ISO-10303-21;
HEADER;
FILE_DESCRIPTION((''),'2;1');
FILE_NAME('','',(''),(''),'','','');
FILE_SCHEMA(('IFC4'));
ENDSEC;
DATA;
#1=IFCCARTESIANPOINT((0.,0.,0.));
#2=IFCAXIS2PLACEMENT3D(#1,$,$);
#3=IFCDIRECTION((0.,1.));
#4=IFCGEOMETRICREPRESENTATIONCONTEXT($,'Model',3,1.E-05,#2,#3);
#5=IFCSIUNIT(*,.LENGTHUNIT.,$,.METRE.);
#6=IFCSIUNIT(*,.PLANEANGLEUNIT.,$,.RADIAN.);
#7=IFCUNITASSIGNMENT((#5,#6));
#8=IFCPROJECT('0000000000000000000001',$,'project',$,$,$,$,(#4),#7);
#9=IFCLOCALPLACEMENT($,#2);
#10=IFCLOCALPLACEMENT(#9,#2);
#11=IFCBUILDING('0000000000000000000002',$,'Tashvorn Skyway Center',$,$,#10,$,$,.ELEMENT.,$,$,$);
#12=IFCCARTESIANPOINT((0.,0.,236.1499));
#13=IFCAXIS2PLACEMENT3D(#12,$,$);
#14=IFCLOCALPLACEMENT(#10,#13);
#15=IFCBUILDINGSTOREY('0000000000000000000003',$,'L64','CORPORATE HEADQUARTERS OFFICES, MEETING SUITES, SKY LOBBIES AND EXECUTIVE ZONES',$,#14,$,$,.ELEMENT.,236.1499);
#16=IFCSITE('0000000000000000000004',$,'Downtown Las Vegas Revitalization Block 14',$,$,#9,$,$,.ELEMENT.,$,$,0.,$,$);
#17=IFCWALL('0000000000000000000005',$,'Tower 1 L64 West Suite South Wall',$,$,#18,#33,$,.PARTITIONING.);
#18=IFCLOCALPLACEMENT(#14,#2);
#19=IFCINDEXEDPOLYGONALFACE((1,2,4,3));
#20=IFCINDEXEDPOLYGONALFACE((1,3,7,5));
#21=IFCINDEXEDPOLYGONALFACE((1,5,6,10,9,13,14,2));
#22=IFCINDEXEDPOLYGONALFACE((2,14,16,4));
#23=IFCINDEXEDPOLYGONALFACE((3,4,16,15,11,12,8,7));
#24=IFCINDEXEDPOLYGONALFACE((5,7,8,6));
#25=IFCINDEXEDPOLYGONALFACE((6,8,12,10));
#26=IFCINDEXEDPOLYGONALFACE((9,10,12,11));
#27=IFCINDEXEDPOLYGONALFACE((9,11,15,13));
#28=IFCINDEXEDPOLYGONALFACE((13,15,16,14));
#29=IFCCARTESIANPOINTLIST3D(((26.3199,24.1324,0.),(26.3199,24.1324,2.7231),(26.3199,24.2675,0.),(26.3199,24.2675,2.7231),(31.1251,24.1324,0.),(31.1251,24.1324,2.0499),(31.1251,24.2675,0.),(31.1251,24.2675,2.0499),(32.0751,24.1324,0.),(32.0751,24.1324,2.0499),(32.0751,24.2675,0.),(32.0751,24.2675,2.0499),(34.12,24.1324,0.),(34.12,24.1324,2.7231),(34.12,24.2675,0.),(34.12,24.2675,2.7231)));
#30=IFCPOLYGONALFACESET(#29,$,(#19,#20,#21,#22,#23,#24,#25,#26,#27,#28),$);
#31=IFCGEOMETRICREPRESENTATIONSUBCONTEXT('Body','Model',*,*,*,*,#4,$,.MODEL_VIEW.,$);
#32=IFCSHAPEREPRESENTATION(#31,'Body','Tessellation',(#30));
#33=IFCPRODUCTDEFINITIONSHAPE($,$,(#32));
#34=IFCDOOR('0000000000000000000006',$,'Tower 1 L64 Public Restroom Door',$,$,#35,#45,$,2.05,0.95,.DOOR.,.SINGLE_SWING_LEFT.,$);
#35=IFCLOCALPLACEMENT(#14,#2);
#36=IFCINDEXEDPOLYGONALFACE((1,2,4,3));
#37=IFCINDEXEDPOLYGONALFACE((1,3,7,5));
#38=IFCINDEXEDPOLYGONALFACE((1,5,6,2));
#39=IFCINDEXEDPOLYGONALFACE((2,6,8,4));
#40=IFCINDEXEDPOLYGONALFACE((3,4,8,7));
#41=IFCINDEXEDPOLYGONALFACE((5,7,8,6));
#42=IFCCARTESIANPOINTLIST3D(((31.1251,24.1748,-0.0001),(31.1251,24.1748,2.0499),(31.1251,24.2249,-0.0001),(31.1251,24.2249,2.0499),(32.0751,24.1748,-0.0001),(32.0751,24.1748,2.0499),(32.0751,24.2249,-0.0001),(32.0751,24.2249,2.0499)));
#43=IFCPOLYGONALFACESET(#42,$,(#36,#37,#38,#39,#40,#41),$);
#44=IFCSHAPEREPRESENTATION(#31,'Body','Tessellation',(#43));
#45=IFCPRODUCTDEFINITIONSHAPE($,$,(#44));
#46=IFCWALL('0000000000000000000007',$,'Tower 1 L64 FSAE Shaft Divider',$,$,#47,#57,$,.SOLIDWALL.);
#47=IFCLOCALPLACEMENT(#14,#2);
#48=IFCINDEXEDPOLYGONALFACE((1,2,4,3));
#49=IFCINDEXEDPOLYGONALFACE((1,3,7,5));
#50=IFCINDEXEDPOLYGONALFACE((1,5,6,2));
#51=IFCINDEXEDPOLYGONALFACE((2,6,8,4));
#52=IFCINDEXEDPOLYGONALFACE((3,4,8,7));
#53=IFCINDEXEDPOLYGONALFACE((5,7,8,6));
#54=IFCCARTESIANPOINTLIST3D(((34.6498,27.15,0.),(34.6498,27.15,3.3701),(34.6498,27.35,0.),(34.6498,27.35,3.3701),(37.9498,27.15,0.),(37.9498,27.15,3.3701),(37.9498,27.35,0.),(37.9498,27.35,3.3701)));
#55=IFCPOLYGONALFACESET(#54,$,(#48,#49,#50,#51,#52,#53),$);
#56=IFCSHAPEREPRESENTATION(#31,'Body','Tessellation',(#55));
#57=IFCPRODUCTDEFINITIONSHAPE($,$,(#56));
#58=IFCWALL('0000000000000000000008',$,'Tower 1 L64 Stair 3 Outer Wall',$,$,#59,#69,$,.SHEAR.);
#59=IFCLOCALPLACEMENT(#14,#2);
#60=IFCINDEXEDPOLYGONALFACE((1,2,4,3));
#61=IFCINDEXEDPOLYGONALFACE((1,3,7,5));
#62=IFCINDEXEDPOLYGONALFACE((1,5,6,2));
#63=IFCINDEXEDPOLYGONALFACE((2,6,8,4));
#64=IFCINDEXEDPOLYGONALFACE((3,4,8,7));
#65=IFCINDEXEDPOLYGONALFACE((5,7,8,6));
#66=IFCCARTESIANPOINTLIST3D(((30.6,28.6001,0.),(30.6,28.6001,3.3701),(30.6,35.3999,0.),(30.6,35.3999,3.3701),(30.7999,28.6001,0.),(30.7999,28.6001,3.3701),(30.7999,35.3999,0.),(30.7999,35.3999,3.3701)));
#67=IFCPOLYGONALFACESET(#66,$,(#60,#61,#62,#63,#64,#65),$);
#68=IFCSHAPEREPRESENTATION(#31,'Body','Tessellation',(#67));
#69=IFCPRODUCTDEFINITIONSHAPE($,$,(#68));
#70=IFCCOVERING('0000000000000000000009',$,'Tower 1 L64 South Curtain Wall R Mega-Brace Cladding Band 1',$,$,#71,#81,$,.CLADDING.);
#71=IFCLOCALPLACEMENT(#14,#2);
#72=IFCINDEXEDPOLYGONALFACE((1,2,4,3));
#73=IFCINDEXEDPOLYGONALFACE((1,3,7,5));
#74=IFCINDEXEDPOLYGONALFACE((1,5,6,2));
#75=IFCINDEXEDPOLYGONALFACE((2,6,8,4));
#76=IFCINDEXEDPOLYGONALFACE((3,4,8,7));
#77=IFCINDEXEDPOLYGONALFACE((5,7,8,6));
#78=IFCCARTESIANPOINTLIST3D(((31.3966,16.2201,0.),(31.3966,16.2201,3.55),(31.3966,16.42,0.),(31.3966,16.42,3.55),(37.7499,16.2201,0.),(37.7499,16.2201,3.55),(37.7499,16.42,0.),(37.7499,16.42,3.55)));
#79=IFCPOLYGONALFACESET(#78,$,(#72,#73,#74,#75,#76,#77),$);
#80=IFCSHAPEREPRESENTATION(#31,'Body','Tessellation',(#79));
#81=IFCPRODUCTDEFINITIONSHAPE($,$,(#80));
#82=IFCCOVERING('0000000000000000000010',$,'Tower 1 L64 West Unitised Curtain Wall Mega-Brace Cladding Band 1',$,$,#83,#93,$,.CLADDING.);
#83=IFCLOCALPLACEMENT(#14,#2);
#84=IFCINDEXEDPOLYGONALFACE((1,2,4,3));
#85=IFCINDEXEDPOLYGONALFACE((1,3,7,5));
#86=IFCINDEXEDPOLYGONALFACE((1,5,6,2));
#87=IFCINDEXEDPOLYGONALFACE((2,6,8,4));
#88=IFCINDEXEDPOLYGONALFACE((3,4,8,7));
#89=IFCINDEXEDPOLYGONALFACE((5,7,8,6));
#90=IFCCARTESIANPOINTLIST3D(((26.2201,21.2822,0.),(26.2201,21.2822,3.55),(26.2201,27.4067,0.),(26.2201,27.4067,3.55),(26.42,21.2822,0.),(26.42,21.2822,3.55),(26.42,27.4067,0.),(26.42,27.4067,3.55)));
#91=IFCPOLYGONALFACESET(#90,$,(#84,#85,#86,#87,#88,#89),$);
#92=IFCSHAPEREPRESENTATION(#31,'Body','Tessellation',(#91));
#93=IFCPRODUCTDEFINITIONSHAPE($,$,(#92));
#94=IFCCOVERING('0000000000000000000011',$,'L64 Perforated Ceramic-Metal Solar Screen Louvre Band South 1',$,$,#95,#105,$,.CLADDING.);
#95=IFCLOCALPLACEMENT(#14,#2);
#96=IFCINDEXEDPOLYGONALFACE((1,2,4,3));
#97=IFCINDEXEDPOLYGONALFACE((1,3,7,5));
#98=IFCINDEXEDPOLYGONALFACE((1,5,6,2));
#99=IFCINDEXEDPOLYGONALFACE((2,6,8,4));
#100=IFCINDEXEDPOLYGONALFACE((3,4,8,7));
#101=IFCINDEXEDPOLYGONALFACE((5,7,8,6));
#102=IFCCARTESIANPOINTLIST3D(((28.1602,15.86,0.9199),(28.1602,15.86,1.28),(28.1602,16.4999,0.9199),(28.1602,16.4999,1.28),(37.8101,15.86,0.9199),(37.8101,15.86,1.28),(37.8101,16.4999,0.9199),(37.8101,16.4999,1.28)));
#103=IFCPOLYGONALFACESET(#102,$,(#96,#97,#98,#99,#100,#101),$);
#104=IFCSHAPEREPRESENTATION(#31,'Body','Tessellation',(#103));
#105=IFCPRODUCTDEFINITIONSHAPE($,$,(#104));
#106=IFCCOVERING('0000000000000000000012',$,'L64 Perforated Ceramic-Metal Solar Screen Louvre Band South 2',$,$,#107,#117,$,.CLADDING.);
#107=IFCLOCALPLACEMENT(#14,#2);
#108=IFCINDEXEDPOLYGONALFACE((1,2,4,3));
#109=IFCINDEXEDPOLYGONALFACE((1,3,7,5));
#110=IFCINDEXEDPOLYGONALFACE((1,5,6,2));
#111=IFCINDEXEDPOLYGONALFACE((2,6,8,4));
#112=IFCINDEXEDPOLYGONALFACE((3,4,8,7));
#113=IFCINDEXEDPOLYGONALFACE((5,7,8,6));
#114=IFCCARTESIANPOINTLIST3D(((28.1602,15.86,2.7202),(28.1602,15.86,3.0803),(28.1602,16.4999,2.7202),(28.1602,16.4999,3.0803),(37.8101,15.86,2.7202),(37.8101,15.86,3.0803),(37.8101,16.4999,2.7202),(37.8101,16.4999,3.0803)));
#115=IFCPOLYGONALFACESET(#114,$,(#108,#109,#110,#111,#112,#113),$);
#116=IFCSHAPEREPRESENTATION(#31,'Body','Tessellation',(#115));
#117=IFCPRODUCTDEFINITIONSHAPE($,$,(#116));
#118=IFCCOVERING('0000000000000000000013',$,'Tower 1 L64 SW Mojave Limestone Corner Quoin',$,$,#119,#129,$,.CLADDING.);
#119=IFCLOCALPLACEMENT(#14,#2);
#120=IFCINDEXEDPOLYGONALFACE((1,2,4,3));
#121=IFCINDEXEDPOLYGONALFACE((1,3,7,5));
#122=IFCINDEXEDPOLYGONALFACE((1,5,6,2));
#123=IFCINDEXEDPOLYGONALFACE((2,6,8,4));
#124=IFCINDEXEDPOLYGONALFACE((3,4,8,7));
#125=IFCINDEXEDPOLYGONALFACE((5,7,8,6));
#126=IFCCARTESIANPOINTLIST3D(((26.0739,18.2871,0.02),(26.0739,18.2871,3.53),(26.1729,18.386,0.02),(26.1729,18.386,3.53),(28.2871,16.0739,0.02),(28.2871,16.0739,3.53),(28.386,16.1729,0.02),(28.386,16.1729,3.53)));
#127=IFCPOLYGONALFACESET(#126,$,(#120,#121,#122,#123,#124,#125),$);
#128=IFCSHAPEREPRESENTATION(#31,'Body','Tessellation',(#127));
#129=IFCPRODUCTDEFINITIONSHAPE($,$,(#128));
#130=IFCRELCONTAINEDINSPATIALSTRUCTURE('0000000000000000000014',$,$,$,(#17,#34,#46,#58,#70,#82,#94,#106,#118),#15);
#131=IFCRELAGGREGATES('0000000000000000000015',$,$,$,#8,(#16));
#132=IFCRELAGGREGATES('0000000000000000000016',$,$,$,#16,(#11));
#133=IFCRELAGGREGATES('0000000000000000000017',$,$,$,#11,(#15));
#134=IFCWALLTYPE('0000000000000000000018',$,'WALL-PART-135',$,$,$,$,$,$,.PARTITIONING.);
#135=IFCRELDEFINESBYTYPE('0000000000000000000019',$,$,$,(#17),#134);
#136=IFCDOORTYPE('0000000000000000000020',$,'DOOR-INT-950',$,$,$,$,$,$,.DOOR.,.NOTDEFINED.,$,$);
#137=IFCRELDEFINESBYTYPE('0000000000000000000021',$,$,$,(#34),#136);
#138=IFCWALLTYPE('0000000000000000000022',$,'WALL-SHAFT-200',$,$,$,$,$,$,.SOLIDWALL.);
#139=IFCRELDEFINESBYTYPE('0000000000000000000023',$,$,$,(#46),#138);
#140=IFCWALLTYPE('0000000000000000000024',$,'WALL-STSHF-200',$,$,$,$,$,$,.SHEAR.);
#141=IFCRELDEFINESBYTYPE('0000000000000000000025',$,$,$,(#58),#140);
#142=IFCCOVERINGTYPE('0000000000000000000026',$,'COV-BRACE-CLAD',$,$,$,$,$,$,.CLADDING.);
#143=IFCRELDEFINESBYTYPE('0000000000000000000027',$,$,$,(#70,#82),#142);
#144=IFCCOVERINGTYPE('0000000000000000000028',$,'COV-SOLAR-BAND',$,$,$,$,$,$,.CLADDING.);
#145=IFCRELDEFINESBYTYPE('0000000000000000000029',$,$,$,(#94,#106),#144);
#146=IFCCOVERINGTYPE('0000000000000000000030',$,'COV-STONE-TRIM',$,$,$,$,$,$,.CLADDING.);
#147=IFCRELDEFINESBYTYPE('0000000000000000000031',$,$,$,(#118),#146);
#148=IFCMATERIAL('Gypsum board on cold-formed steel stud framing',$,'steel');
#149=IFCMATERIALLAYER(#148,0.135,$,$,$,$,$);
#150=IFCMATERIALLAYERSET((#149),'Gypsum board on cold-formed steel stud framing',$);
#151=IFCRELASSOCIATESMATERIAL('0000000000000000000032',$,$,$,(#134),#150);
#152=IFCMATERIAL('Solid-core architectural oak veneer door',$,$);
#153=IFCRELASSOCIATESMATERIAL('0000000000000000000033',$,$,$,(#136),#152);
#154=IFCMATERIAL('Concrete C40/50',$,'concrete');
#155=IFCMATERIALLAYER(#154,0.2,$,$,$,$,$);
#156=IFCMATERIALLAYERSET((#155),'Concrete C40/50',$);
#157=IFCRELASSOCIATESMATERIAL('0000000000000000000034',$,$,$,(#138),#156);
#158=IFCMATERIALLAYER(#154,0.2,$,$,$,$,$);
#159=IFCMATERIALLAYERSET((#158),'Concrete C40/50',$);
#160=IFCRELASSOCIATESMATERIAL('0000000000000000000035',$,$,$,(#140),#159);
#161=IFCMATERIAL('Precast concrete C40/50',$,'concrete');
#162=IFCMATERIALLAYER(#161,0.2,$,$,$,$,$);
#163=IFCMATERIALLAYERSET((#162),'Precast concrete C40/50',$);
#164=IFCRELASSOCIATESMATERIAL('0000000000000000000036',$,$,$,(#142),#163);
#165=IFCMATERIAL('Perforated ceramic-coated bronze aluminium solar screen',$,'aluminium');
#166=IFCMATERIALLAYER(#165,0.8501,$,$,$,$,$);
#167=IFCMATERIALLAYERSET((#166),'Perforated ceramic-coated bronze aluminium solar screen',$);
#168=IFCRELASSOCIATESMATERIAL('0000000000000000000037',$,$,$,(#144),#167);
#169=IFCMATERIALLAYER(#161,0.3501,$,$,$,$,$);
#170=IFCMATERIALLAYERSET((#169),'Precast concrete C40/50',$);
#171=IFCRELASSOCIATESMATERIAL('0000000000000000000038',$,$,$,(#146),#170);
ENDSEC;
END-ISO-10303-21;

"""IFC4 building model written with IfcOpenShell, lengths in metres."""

from ifc_helpers import new_model, si_unit, direction, frame, frame_2d, origin, origin_2d, place, context, subcontext, project, spatial, rectangle, extrude, material, layer, layer_set, type_object, element, fill, save


model = new_model("IFC4")

# Units and contexts
model_context = context("Model", 3, precision=1e-05, world=origin(), true_north=direction((0.0, 1.0)))
body_context = subcontext(model_context, "Body", "Model", "MODEL_VIEW")
ifc_project = project(units=[si_unit("LENGTHUNIT", "METRE"), si_unit("PLANEANGLEUNIT", "RADIAN")], contexts=[model_context])

# Site, building, storey
site_placement = place(None, origin())
site = spatial("IfcSite", under=ifc_project, at=site_placement, Name="Downtown Las Vegas Revitalization Block 14", CompositionType="ELEMENT", RefElevation=0.0)
building_placement = place(site_placement, origin())
building = spatial("IfcBuilding", under=site, at=building_placement, Name="Tashvorn Skyway Center", CompositionType="ELEMENT")
storey_placement = place(building_placement, frame((0.0, 0.0, 236.1499)))
storey = spatial("IfcBuildingStorey", under=building, at=storey_placement, Name="L64", Description="CORPORATE HEADQUARTERS OFFICES, MEETING SUITES, SKY LOBBIES AND EXECUTIVE ZONES", CompositionType="ELEMENT", Elevation=236.1499)

# Shared definitions
ifc_material_1 = material(Name="Precast concrete C40/50", Category="concrete")
ifc_material_2 = material(Name="Gypsum board on cold-formed steel stud framing", Category="steel")

# Wall, opening, door
ifc_layer_1 = layer(ifc_material_2, 0.135)
ifc_layer_set_1 = layer_set([ifc_layer_1], Name="Gypsum board on cold-formed steel stud framing")
wall_type_1 = type_object("IfcWallType", Name="WALL-PART-135", PredefinedType="PARTITIONING", material=ifc_layer_set_1)
wall_1_placement = place(storey_placement, frame((26.3201, 24.2, 0.0), z_axis=(0.0, 0.0, 1.0), x_axis=(1.0, 0.0, 0.0)))
wall_1 = element("IfcWall", 1, at=wall_1_placement, inside=storey, type_object=wall_type_1, Name="Tower 1 L64 West Suite South Wall", PredefinedType="PARTITIONING", context=body_context, shape_type="SweptSolid", body=[
    extrude(rectangle(XDim=7.8, YDim=0.135, at=frame_2d((3.8999, 0.0))), origin(), (0.0, 0.0, 1.0), 2.7231),
])
opening_placement = place(wall_1_placement, frame((4.8049, 0.0, 0.0)))
opening = element("IfcOpeningElement", 2, at=opening_placement, cuts=wall_1, PredefinedType="OPENING", context=body_context, shape_type="SweptSolid", body=[
    extrude(rectangle(XDim=0.95, YDim=2.05, at=frame_2d((0.4751, 1.0249))), frame((0.0, 0.0774, 0.0), z_axis=(0.0, -1.0, 0.0), x_axis=(1.0, 0.0, 0.0)), (0.0, 0.0, 1.0), 0.155),
])
ifc_material_3 = material(Name="Solid-core architectural oak veneer door")
door_type = type_object("IfcDoorType", Name="DOOR-INT-950", OperationType="NOTDEFINED", PredefinedType="DOOR", material=ifc_material_3)
door_placement = place(opening_placement, origin())
door = element("IfcDoor", 3, at=door_placement, inside=storey, type_object=door_type, Name="Tower 1 L64 Public Restroom Door", OperationType="SINGLE_SWING_LEFT", OverallHeight=2.05, OverallWidth=0.95, PredefinedType="DOOR", context=body_context, shape_type="SweptSolid", body=[
    extrude(rectangle(XDim=0.95, YDim=2.05, at=frame_2d((0.4751, 1.0249))), frame((0.0, 0.0249, 0.0), z_axis=(0.0, -1.0, 0.0), x_axis=(1.0, 0.0, 0.0)), (0.0, 0.0, 1.0), 0.05),
])
fill(opening, door)

# Walls
ifc_material_4 = material(Name="Concrete C40/50", Category="concrete")
ifc_layer_2 = layer(ifc_material_4, 0.2)
ifc_layer_set_2 = layer_set([ifc_layer_2], Name="Concrete C40/50")
wall_type_2 = type_object("IfcWallType", Name="WALL-SHAFT-200", PredefinedType="SOLIDWALL", material=ifc_layer_set_2)
wall_2_placement = place(storey_placement, frame((34.6499, 27.25, 0.0), z_axis=(0.0, 0.0, 1.0), x_axis=(1.0, 0.0, 0.0)))
element("IfcWall", 4, at=wall_2_placement, inside=storey, type_object=wall_type_2, Name="Tower 1 L64 FSAE Shaft Divider", PredefinedType="SOLIDWALL", context=body_context, shape_type="SweptSolid", body=[
    extrude(rectangle(XDim=3.3, YDim=0.2, at=frame_2d((1.6499, 0.0))), origin(), (0.0, 0.0, 1.0), 3.3701),
])
ifc_layer_3 = layer(ifc_material_4, 0.2)
ifc_layer_set_3 = layer_set([ifc_layer_3], Name="Concrete C40/50")
wall_type_3 = type_object("IfcWallType", Name="WALL-STSHF-200", PredefinedType="SHEAR", material=ifc_layer_set_3)
wall_3_placement = place(storey_placement, frame((30.7, 28.6001, 0.0), z_axis=(0.0, 0.0, 1.0), x_axis=(0.0, 1.0, 0.0)))
element("IfcWall", 5, at=wall_3_placement, inside=storey, type_object=wall_type_3, Name="Tower 1 L64 Stair 3 Outer Wall", PredefinedType="SHEAR", context=body_context, shape_type="SweptSolid", body=[
    extrude(rectangle(XDim=6.7998, YDim=0.2, at=frame_2d((3.3999, 0.0))), origin(), (0.0, 0.0, 1.0), 3.3701),
])

# Coverings
ifc_layer_4 = layer(ifc_material_1, 0.2)
ifc_layer_set_4 = layer_set([ifc_layer_4], Name="Precast concrete C40/50")
covering_type_1 = type_object("IfcCoveringType", Name="COV-BRACE-CLAD", PredefinedType="CLADDING", material=ifc_layer_set_4)
covering_1_placement = place(storey_placement, frame((34.5732, 16.3201, 0.0), z_axis=(0.0, 0.0, 1.0), x_axis=(-1.0, 0.0, 0.0)))
element("IfcCovering", 6, at=covering_1_placement, inside=storey, type_object=covering_type_1, Name="Tower 1 L64 South Curtain Wall R Mega-Brace Cladding Band 1", PredefinedType="CLADDING", context=body_context, shape_type="SweptSolid", body=[
    extrude(rectangle(XDim=6.3533, YDim=0.2, at=origin_2d()), origin(), (0.0, 0.0, 1.0), 3.55),
])
covering_2_placement = place(storey_placement, frame((26.3201, 24.3445, 0.0), z_axis=(0.0, 0.0, 1.0), x_axis=(0.0, 1.0, 0.0)))
element("IfcCovering", 7, at=covering_2_placement, inside=storey, type_object=covering_type_1, Name="Tower 1 L64 West Unitised Curtain Wall Mega-Brace Cladding Band 1", PredefinedType="CLADDING", context=body_context, shape_type="SweptSolid", body=[
    extrude(rectangle(XDim=6.1245, YDim=0.2, at=origin_2d()), origin(), (0.0, 0.0, 1.0), 3.55),
])
ifc_material_5 = material(Name="Perforated ceramic-coated bronze aluminium solar screen", Category="aluminium")
ifc_layer_5 = layer(ifc_material_5, 0.8501)
ifc_layer_set_5 = layer_set([ifc_layer_5], Name="Perforated ceramic-coated bronze aluminium solar screen")
covering_type_2 = type_object("IfcCoveringType", Name="COV-SOLAR-BAND", PredefinedType="CLADDING", material=ifc_layer_set_5)
for number, where, z_axis, x_axis, name in (
    (8, (32.9851, 16.1799, 0.9199), (0.0, 0.0, 1.0), (-1.0, 0.0, 0.0), "L64 Perforated Ceramic-Metal Solar Screen Louvre Band South 1"),
    (9, (32.9851, 16.1799, 2.7202), (0.0, 0.0, 1.0), (-1.0, 0.0, 0.0), "L64 Perforated Ceramic-Metal Solar Screen Louvre Band South 2"),
):
    element("IfcCovering", number, at=place(storey_placement, frame(where, z_axis=z_axis, x_axis=x_axis)), inside=storey, type_object=covering_type_2, Name=name, PredefinedType="CLADDING", context=body_context, shape_type="SweptSolid", body=[
        extrude(rectangle(XDim=9.6499, YDim=0.6399, at=origin_2d()), origin(), (0.0, 0.0, 1.0), 0.3601),
    ])
ifc_layer_6 = layer(ifc_material_1, 0.3501)
ifc_layer_set_6 = layer_set([ifc_layer_6], Name="Precast concrete C40/50")
covering_type_3 = type_object("IfcCoveringType", Name="COV-STONE-TRIM", PredefinedType="CLADDING", material=ifc_layer_set_6)
covering_3_placement = place(storey_placement, frame((27.23, 17.23, 0.02), z_axis=(0.0, 0.0, 1.0), x_axis=(-0.707107, 0.707107, 0.0)))
element("IfcCovering", 10, at=covering_3_placement, inside=storey, type_object=covering_type_3, Name="Tower 1 L64 SW Mojave Limestone Corner Quoin", PredefinedType="CLADDING", context=body_context, shape_type="SweptSolid", body=[
    extrude(rectangle(XDim=3.1299, YDim=0.1399, at=origin_2d()), origin(), (0.0, 0.0, 1.0), 3.51),
])

save(model, "model.ifc")
